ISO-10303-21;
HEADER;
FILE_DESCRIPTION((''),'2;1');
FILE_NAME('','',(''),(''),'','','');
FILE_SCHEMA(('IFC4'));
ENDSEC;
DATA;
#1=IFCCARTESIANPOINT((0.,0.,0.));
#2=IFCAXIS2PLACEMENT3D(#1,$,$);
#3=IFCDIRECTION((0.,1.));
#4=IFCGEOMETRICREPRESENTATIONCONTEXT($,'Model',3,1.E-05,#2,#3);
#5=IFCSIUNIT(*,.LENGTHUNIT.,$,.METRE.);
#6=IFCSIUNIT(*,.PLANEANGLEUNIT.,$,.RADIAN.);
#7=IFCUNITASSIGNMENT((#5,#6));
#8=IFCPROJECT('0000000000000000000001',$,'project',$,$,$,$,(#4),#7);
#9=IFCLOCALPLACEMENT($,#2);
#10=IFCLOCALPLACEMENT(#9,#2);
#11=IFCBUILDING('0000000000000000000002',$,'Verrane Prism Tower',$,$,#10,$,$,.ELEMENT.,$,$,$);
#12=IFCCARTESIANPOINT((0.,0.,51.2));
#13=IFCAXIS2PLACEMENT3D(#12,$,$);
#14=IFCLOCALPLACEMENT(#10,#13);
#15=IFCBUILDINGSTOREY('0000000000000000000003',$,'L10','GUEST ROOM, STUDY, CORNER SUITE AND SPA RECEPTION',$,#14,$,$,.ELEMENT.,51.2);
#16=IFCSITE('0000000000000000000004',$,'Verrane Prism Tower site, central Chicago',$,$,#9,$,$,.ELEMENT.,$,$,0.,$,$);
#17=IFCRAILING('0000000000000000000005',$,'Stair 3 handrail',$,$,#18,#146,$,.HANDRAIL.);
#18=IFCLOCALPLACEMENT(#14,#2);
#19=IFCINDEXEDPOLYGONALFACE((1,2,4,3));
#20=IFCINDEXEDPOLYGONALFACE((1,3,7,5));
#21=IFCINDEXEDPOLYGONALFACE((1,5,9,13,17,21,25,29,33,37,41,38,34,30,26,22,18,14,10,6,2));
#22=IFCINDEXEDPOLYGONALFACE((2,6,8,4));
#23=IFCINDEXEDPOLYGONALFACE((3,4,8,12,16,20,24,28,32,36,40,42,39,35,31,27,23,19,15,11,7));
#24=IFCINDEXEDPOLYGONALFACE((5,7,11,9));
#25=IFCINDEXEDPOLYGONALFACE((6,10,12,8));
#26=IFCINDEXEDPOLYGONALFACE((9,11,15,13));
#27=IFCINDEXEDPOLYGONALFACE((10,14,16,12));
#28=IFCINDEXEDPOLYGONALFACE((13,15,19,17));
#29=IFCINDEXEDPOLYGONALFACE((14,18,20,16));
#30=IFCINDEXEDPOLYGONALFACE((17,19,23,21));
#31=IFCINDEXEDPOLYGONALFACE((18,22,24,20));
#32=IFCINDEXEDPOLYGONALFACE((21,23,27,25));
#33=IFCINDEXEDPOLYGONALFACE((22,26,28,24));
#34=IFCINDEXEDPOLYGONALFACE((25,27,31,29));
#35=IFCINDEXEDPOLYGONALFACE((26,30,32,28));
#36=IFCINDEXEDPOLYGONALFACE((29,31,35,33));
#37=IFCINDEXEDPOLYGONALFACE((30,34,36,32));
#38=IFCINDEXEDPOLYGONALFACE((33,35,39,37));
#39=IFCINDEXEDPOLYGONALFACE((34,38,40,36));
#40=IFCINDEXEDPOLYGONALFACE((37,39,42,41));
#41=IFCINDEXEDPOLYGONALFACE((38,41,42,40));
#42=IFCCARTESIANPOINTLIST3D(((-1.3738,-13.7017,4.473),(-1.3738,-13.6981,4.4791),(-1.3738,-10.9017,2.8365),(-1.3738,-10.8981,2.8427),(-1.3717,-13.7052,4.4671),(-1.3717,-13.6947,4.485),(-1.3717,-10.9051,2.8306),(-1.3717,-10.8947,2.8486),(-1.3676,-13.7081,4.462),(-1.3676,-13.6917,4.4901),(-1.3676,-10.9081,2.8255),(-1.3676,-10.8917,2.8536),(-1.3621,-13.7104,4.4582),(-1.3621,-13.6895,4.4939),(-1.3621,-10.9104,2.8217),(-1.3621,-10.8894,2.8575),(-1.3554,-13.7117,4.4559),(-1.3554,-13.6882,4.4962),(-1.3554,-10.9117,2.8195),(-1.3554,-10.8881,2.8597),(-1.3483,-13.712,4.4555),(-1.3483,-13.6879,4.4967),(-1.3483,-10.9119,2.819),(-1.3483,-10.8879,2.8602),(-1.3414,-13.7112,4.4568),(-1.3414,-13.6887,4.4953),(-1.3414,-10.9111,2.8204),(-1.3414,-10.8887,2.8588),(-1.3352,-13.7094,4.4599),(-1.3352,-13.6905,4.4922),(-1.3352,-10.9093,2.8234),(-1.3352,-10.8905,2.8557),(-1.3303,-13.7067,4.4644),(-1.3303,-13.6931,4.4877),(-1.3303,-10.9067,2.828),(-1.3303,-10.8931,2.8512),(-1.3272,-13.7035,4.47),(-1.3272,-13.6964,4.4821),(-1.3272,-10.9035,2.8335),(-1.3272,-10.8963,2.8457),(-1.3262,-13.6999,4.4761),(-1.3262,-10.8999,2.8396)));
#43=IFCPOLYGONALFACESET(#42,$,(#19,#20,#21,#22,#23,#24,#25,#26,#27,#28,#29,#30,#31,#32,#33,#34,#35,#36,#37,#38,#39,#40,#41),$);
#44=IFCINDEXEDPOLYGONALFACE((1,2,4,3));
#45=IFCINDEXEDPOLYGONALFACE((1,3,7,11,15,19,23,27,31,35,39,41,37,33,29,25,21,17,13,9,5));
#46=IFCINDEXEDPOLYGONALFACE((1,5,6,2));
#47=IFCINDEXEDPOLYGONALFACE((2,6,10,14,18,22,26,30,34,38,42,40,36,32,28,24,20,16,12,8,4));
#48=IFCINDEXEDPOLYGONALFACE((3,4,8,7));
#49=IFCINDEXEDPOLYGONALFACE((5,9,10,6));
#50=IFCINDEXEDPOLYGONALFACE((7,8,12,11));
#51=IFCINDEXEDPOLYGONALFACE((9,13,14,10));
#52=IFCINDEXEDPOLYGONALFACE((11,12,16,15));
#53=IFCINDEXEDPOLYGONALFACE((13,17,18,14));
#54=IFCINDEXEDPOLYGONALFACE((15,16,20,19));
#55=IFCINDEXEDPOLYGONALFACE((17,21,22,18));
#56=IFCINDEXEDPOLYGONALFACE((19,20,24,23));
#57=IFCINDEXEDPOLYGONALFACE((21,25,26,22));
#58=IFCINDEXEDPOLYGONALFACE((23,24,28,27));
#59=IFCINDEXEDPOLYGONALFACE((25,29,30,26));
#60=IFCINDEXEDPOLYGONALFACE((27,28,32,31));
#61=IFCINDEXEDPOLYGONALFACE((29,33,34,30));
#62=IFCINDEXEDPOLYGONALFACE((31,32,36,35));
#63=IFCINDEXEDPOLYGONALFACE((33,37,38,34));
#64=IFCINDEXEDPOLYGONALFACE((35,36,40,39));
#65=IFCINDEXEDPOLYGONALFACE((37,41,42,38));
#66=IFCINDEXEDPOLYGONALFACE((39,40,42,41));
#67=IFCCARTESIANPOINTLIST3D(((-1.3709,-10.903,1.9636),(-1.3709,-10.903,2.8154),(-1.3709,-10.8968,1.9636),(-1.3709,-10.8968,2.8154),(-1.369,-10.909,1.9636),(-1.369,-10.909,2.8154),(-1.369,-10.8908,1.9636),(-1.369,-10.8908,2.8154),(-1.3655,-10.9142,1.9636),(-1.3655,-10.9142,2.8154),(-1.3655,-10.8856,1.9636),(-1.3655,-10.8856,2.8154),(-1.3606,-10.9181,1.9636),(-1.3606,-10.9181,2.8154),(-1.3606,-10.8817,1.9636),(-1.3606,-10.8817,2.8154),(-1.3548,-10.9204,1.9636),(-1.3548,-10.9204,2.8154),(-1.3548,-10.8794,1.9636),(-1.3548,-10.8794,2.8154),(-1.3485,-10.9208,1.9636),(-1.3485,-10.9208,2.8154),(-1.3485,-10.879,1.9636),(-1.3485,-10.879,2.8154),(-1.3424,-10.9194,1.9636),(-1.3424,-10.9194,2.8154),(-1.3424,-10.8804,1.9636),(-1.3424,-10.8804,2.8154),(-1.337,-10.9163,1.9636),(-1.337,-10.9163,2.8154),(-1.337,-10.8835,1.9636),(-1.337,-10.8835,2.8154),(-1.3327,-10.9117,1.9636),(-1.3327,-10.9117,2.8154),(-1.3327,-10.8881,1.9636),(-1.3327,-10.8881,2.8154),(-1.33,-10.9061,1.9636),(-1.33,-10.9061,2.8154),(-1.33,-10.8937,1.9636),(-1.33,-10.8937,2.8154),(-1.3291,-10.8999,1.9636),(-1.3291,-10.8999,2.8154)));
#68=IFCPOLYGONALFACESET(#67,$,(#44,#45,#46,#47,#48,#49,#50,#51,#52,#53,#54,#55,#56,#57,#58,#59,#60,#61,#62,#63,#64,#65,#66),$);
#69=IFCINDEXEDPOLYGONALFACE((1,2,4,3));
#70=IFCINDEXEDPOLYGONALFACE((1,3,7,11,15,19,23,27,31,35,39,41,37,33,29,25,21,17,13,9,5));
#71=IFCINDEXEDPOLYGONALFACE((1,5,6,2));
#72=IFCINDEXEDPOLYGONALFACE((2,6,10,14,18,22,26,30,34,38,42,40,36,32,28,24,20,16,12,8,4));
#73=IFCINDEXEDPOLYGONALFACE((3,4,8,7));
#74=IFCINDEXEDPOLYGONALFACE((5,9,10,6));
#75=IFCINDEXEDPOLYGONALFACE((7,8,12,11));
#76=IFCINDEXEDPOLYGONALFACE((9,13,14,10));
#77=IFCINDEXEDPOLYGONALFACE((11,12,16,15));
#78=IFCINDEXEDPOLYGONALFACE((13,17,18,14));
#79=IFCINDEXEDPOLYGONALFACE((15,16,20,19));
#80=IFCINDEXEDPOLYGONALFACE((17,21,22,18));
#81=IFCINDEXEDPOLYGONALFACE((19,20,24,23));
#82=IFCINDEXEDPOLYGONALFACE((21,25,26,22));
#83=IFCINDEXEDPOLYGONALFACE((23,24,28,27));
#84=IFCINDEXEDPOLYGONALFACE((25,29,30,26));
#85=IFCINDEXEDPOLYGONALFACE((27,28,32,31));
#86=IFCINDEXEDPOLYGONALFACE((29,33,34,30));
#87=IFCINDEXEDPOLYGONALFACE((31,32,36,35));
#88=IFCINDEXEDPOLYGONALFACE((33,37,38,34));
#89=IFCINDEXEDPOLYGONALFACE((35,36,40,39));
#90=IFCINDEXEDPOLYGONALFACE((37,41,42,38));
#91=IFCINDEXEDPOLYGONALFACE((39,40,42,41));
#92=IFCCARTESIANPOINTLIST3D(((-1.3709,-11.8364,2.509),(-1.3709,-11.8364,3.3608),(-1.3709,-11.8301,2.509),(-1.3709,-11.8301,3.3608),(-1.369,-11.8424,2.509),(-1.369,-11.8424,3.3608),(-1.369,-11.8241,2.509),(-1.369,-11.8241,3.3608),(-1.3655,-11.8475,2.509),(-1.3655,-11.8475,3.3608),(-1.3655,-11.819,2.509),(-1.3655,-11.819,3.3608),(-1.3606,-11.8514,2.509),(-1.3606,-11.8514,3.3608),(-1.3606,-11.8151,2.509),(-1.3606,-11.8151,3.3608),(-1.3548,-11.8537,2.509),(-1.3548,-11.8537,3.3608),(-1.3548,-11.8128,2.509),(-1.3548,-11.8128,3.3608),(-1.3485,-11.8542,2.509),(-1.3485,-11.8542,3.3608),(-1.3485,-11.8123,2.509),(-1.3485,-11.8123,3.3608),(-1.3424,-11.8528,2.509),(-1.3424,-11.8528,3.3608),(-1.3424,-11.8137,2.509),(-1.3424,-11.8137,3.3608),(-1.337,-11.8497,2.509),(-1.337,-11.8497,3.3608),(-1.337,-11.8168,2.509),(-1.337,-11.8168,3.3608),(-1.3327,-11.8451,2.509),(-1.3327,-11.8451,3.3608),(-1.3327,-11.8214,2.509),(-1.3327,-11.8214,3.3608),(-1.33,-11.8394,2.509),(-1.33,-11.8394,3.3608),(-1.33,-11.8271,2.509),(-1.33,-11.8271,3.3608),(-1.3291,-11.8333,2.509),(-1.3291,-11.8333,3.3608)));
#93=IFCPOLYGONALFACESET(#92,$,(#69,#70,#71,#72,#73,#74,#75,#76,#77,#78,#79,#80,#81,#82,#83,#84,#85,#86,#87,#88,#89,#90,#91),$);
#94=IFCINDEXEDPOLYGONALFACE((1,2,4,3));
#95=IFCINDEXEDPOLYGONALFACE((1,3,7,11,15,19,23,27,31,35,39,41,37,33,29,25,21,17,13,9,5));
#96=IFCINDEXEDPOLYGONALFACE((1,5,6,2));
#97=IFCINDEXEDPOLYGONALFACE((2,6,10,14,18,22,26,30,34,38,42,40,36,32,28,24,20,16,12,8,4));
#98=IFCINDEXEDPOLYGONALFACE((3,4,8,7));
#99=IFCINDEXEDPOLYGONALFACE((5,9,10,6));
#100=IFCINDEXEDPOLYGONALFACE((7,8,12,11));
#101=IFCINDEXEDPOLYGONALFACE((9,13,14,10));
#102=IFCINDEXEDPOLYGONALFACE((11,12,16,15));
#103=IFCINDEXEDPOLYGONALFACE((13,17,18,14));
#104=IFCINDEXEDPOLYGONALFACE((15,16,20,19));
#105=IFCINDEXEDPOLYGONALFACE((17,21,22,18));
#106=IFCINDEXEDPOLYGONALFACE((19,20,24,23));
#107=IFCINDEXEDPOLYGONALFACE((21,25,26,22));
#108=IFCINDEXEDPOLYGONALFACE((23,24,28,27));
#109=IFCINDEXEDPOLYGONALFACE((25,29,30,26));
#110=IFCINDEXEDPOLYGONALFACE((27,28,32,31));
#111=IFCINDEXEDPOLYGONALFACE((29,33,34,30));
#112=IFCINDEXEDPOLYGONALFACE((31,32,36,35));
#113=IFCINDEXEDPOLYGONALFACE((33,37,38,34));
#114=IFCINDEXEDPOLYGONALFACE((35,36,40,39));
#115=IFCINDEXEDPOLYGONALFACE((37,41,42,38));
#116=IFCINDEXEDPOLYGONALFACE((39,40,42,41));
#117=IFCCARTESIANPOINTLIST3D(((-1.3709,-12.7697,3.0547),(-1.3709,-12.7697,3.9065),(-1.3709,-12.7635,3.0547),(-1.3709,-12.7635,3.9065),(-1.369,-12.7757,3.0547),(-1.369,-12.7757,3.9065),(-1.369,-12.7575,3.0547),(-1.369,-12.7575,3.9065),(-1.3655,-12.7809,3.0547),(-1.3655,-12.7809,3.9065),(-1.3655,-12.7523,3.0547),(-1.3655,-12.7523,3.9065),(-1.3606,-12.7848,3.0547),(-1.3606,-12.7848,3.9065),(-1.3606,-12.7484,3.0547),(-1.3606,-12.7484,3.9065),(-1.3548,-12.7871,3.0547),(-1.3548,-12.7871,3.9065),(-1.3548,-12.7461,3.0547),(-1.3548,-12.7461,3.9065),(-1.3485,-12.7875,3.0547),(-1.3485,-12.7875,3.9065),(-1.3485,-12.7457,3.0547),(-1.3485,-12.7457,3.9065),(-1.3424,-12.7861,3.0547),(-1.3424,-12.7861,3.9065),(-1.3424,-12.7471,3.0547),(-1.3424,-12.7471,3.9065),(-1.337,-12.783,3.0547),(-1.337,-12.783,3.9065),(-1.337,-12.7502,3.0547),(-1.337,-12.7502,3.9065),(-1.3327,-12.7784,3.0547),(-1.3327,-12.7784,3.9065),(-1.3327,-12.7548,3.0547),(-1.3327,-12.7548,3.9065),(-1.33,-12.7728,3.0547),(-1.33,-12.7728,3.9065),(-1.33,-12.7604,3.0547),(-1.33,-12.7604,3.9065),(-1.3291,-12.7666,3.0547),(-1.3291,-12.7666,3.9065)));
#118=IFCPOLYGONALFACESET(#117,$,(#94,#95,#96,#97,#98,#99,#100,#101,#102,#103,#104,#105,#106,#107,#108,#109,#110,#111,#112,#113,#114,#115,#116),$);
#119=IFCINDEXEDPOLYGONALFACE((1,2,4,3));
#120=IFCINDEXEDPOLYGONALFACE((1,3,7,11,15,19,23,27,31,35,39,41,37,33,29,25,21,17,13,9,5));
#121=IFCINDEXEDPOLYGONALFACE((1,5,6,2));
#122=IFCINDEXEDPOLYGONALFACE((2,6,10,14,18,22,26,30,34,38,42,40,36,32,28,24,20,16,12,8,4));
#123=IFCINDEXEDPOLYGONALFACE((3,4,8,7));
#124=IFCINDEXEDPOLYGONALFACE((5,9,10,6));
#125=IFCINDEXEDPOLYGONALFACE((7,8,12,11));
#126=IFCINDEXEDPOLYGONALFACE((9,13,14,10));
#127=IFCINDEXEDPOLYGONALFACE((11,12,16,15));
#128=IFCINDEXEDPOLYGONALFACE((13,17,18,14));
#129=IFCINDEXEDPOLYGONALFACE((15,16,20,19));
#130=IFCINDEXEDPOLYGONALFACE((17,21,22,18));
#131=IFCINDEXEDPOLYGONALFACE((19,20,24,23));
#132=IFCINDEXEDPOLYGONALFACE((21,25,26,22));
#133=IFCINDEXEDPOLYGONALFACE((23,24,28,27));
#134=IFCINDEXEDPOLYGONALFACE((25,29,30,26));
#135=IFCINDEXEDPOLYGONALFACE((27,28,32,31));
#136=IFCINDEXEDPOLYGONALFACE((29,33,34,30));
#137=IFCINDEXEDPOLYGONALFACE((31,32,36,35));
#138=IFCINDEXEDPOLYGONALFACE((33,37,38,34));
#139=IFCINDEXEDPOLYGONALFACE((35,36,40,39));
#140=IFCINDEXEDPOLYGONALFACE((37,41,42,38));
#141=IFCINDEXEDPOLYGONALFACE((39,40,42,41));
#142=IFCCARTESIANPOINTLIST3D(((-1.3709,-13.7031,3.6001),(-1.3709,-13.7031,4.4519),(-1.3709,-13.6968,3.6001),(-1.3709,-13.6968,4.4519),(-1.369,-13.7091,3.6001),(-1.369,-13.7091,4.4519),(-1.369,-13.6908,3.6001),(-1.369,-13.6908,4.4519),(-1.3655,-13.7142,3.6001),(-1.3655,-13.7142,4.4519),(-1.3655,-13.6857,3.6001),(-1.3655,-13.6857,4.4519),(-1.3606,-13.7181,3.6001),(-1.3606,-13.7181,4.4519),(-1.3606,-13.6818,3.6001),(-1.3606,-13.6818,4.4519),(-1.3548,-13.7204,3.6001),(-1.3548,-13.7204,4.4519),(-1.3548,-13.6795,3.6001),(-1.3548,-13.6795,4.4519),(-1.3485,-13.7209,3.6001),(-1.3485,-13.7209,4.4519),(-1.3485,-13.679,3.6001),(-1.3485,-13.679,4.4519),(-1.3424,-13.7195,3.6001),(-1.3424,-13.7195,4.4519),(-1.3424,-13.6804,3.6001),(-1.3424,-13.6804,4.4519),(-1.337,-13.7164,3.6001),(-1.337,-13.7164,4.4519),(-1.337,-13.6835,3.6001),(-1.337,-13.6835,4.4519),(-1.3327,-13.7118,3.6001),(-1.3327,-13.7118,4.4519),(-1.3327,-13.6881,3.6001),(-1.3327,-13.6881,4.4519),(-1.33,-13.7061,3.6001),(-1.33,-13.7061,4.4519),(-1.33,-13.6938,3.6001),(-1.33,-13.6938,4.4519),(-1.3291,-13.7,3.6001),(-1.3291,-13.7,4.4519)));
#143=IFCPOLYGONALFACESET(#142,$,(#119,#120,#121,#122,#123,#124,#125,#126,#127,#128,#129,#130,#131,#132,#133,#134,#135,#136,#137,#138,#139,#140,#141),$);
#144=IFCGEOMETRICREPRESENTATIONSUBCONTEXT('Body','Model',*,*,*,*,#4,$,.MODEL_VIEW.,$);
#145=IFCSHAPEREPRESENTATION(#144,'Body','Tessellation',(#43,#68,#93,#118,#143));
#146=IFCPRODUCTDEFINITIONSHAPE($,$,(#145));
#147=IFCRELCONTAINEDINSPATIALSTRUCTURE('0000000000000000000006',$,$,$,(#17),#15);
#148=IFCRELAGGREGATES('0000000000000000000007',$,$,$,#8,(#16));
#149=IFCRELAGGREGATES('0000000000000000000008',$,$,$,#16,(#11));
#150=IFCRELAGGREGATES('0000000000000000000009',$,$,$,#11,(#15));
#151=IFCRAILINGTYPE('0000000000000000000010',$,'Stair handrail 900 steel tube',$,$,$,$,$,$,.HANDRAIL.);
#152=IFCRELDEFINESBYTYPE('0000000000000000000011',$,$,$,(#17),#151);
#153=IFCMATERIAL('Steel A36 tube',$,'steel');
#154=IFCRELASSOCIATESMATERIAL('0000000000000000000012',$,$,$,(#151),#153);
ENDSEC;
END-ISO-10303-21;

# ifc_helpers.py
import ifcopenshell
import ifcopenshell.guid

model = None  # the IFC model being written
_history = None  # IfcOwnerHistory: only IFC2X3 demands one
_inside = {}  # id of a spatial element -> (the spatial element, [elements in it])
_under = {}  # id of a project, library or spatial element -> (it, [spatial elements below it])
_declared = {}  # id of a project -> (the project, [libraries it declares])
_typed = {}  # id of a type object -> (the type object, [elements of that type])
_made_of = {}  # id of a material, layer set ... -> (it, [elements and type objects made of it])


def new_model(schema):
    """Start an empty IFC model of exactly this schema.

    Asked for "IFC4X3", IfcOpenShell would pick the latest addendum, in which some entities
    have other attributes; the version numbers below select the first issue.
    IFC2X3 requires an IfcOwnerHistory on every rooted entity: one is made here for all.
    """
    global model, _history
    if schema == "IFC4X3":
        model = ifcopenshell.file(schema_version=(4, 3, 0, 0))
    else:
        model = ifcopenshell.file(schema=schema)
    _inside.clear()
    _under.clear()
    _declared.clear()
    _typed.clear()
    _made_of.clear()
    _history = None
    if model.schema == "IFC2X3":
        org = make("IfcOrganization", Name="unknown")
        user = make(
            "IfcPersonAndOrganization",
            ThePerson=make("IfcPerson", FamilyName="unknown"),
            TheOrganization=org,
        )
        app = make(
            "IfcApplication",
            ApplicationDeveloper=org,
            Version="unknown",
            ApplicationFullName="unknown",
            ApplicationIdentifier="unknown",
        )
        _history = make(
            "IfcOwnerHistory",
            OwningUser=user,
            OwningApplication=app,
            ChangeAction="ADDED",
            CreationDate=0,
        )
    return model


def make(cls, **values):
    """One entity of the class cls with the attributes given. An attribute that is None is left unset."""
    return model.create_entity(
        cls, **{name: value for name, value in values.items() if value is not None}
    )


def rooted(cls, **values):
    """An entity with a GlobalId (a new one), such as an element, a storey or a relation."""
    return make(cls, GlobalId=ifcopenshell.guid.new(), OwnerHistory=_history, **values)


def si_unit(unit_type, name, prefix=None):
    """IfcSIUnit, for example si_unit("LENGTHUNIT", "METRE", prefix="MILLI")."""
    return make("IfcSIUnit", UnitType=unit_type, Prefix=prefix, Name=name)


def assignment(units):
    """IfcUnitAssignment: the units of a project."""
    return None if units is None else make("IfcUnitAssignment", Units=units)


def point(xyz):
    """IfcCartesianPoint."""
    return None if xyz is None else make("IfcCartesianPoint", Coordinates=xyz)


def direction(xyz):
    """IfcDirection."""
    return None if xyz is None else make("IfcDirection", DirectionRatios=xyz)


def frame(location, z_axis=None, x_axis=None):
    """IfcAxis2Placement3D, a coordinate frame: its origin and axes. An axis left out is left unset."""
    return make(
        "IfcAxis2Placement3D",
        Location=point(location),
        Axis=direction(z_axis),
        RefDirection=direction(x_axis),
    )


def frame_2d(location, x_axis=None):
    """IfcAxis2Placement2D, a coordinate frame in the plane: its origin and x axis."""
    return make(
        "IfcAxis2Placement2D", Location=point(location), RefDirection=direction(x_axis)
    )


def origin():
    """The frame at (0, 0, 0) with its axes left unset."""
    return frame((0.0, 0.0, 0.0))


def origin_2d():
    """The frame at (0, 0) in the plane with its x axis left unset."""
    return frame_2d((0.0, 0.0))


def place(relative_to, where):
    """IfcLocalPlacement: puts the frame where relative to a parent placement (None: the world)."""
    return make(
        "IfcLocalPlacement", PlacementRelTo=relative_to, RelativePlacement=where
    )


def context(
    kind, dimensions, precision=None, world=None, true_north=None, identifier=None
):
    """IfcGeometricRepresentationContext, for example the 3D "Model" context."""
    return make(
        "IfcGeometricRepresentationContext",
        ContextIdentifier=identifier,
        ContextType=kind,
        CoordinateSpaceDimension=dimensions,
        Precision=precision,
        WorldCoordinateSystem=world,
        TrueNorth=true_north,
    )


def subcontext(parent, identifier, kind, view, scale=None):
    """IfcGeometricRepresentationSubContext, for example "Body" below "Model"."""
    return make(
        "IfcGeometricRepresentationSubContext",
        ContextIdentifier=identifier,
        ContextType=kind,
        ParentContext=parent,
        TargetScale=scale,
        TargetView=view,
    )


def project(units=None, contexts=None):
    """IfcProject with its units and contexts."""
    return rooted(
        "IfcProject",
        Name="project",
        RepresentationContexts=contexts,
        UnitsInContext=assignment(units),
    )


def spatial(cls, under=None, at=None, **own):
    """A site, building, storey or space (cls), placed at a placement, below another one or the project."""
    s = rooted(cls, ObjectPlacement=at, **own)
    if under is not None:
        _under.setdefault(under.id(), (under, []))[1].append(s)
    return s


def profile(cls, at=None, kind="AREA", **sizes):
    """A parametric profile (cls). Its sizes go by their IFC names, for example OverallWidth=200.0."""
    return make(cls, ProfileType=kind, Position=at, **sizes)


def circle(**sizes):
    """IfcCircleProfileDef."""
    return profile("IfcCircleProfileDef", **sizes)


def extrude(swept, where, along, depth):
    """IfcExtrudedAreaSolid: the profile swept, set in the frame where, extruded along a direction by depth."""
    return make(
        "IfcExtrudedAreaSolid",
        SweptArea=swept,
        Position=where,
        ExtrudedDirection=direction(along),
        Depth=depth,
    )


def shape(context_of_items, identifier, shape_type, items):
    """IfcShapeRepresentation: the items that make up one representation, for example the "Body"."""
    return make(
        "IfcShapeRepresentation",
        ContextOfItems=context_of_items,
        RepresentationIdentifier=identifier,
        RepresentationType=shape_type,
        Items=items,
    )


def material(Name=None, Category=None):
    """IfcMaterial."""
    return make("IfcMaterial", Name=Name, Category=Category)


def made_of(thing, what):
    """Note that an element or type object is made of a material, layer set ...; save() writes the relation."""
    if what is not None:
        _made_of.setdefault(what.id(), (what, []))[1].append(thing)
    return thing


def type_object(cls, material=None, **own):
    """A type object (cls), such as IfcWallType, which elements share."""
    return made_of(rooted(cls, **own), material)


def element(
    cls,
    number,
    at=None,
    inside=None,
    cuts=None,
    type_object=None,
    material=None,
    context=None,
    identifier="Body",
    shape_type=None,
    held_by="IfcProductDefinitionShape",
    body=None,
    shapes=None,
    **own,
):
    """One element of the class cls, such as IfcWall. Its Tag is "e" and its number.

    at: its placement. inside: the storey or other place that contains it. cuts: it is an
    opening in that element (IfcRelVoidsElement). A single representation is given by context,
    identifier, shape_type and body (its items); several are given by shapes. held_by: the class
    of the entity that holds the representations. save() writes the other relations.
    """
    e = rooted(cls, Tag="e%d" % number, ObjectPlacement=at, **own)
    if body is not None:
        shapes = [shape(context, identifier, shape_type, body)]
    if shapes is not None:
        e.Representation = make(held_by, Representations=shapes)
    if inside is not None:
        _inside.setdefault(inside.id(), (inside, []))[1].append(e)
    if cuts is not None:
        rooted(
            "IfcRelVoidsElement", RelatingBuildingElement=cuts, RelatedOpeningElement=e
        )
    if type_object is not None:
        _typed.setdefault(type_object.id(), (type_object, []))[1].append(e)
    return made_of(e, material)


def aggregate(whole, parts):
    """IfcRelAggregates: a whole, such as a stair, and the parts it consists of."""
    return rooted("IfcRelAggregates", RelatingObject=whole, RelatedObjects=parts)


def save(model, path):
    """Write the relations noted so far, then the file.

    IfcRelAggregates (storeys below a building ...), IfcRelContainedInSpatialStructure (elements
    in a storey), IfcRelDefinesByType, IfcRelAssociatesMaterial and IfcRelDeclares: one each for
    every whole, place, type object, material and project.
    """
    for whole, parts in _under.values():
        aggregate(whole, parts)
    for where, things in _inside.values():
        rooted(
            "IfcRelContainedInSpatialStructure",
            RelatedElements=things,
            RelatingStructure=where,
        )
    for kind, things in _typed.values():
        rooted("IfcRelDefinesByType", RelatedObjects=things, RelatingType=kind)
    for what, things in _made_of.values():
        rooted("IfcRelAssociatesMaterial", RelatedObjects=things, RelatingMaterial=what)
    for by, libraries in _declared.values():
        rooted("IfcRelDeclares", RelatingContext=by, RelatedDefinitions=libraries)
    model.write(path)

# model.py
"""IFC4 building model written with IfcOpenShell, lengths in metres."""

from ifc_helpers import new_model, si_unit, direction, frame, origin, origin_2d, place, context, subcontext, project, spatial, circle, extrude, material, type_object, element, save


model = new_model("IFC4")

# Units and contexts
model_context = context("Model", 3, precision=1e-05, world=origin(), true_north=direction((0.0, 1.0)))
body_context = subcontext(model_context, "Body", "Model", "MODEL_VIEW")
ifc_project = project(units=[si_unit("LENGTHUNIT", "METRE"), si_unit("PLANEANGLEUNIT", "RADIAN")], contexts=[model_context])

# Site, building, storey
site_placement = place(None, origin())
site = spatial("IfcSite", under=ifc_project, at=site_placement, Name="Verrane Prism Tower site, central Chicago", CompositionType="ELEMENT", RefElevation=0.0)
building_placement = place(site_placement, origin())
building = spatial("IfcBuilding", under=site, at=building_placement, Name="Verrane Prism Tower", CompositionType="ELEMENT")
storey_placement = place(building_placement, frame((0.0, 0.0, 51.2)))
storey = spatial("IfcBuildingStorey", under=building, at=storey_placement, Name="L10", Description="GUEST ROOM, STUDY, CORNER SUITE AND SPA RECEPTION", CompositionType="ELEMENT", Elevation=51.2)

# Railing
ifc_material_1 = material(Name="Steel A36 tube", Category="steel")
railing_type = type_object("IfcRailingType", Name="Stair handrail 900 steel tube", PredefinedType="HANDRAIL", material=ifc_material_1)
railing_placement = place(storey_placement, frame((-1.3501, -10.8999, 1.9636)))
element("IfcRailing", 1, at=railing_placement, inside=storey, type_object=railing_type, Name="Stair 3 handrail", PredefinedType="HANDRAIL", context=body_context, shape_type="SweptSolid", body=[
    extrude(circle(Radius=0.0239, at=origin_2d()), frame((0.0, 0.0, 0.876), z_axis=(0.0, -0.863361, 0.504587), x_axis=(1.0, 0.0, 0.0)), (0.0, 0.0, 1.0), 3.2432),
    extrude(circle(Radius=0.021, at=origin_2d()), origin(), (0.0, 0.0, 1.0), 0.8518),
    extrude(circle(Radius=0.021, at=origin_2d()), frame((0.0, -0.9333, 0.5454)), (0.0, 0.0, 1.0), 0.8518),
    extrude(circle(Radius=0.021, at=origin_2d()), frame((0.0, -1.8667, 1.0911)), (0.0, 0.0, 1.0), 0.8518),
    extrude(circle(Radius=0.021, at=origin_2d()), frame((0.0, -2.8, 1.6365)), (0.0, 0.0, 1.0), 0.8518),
])

save(model, "model.ifc")
